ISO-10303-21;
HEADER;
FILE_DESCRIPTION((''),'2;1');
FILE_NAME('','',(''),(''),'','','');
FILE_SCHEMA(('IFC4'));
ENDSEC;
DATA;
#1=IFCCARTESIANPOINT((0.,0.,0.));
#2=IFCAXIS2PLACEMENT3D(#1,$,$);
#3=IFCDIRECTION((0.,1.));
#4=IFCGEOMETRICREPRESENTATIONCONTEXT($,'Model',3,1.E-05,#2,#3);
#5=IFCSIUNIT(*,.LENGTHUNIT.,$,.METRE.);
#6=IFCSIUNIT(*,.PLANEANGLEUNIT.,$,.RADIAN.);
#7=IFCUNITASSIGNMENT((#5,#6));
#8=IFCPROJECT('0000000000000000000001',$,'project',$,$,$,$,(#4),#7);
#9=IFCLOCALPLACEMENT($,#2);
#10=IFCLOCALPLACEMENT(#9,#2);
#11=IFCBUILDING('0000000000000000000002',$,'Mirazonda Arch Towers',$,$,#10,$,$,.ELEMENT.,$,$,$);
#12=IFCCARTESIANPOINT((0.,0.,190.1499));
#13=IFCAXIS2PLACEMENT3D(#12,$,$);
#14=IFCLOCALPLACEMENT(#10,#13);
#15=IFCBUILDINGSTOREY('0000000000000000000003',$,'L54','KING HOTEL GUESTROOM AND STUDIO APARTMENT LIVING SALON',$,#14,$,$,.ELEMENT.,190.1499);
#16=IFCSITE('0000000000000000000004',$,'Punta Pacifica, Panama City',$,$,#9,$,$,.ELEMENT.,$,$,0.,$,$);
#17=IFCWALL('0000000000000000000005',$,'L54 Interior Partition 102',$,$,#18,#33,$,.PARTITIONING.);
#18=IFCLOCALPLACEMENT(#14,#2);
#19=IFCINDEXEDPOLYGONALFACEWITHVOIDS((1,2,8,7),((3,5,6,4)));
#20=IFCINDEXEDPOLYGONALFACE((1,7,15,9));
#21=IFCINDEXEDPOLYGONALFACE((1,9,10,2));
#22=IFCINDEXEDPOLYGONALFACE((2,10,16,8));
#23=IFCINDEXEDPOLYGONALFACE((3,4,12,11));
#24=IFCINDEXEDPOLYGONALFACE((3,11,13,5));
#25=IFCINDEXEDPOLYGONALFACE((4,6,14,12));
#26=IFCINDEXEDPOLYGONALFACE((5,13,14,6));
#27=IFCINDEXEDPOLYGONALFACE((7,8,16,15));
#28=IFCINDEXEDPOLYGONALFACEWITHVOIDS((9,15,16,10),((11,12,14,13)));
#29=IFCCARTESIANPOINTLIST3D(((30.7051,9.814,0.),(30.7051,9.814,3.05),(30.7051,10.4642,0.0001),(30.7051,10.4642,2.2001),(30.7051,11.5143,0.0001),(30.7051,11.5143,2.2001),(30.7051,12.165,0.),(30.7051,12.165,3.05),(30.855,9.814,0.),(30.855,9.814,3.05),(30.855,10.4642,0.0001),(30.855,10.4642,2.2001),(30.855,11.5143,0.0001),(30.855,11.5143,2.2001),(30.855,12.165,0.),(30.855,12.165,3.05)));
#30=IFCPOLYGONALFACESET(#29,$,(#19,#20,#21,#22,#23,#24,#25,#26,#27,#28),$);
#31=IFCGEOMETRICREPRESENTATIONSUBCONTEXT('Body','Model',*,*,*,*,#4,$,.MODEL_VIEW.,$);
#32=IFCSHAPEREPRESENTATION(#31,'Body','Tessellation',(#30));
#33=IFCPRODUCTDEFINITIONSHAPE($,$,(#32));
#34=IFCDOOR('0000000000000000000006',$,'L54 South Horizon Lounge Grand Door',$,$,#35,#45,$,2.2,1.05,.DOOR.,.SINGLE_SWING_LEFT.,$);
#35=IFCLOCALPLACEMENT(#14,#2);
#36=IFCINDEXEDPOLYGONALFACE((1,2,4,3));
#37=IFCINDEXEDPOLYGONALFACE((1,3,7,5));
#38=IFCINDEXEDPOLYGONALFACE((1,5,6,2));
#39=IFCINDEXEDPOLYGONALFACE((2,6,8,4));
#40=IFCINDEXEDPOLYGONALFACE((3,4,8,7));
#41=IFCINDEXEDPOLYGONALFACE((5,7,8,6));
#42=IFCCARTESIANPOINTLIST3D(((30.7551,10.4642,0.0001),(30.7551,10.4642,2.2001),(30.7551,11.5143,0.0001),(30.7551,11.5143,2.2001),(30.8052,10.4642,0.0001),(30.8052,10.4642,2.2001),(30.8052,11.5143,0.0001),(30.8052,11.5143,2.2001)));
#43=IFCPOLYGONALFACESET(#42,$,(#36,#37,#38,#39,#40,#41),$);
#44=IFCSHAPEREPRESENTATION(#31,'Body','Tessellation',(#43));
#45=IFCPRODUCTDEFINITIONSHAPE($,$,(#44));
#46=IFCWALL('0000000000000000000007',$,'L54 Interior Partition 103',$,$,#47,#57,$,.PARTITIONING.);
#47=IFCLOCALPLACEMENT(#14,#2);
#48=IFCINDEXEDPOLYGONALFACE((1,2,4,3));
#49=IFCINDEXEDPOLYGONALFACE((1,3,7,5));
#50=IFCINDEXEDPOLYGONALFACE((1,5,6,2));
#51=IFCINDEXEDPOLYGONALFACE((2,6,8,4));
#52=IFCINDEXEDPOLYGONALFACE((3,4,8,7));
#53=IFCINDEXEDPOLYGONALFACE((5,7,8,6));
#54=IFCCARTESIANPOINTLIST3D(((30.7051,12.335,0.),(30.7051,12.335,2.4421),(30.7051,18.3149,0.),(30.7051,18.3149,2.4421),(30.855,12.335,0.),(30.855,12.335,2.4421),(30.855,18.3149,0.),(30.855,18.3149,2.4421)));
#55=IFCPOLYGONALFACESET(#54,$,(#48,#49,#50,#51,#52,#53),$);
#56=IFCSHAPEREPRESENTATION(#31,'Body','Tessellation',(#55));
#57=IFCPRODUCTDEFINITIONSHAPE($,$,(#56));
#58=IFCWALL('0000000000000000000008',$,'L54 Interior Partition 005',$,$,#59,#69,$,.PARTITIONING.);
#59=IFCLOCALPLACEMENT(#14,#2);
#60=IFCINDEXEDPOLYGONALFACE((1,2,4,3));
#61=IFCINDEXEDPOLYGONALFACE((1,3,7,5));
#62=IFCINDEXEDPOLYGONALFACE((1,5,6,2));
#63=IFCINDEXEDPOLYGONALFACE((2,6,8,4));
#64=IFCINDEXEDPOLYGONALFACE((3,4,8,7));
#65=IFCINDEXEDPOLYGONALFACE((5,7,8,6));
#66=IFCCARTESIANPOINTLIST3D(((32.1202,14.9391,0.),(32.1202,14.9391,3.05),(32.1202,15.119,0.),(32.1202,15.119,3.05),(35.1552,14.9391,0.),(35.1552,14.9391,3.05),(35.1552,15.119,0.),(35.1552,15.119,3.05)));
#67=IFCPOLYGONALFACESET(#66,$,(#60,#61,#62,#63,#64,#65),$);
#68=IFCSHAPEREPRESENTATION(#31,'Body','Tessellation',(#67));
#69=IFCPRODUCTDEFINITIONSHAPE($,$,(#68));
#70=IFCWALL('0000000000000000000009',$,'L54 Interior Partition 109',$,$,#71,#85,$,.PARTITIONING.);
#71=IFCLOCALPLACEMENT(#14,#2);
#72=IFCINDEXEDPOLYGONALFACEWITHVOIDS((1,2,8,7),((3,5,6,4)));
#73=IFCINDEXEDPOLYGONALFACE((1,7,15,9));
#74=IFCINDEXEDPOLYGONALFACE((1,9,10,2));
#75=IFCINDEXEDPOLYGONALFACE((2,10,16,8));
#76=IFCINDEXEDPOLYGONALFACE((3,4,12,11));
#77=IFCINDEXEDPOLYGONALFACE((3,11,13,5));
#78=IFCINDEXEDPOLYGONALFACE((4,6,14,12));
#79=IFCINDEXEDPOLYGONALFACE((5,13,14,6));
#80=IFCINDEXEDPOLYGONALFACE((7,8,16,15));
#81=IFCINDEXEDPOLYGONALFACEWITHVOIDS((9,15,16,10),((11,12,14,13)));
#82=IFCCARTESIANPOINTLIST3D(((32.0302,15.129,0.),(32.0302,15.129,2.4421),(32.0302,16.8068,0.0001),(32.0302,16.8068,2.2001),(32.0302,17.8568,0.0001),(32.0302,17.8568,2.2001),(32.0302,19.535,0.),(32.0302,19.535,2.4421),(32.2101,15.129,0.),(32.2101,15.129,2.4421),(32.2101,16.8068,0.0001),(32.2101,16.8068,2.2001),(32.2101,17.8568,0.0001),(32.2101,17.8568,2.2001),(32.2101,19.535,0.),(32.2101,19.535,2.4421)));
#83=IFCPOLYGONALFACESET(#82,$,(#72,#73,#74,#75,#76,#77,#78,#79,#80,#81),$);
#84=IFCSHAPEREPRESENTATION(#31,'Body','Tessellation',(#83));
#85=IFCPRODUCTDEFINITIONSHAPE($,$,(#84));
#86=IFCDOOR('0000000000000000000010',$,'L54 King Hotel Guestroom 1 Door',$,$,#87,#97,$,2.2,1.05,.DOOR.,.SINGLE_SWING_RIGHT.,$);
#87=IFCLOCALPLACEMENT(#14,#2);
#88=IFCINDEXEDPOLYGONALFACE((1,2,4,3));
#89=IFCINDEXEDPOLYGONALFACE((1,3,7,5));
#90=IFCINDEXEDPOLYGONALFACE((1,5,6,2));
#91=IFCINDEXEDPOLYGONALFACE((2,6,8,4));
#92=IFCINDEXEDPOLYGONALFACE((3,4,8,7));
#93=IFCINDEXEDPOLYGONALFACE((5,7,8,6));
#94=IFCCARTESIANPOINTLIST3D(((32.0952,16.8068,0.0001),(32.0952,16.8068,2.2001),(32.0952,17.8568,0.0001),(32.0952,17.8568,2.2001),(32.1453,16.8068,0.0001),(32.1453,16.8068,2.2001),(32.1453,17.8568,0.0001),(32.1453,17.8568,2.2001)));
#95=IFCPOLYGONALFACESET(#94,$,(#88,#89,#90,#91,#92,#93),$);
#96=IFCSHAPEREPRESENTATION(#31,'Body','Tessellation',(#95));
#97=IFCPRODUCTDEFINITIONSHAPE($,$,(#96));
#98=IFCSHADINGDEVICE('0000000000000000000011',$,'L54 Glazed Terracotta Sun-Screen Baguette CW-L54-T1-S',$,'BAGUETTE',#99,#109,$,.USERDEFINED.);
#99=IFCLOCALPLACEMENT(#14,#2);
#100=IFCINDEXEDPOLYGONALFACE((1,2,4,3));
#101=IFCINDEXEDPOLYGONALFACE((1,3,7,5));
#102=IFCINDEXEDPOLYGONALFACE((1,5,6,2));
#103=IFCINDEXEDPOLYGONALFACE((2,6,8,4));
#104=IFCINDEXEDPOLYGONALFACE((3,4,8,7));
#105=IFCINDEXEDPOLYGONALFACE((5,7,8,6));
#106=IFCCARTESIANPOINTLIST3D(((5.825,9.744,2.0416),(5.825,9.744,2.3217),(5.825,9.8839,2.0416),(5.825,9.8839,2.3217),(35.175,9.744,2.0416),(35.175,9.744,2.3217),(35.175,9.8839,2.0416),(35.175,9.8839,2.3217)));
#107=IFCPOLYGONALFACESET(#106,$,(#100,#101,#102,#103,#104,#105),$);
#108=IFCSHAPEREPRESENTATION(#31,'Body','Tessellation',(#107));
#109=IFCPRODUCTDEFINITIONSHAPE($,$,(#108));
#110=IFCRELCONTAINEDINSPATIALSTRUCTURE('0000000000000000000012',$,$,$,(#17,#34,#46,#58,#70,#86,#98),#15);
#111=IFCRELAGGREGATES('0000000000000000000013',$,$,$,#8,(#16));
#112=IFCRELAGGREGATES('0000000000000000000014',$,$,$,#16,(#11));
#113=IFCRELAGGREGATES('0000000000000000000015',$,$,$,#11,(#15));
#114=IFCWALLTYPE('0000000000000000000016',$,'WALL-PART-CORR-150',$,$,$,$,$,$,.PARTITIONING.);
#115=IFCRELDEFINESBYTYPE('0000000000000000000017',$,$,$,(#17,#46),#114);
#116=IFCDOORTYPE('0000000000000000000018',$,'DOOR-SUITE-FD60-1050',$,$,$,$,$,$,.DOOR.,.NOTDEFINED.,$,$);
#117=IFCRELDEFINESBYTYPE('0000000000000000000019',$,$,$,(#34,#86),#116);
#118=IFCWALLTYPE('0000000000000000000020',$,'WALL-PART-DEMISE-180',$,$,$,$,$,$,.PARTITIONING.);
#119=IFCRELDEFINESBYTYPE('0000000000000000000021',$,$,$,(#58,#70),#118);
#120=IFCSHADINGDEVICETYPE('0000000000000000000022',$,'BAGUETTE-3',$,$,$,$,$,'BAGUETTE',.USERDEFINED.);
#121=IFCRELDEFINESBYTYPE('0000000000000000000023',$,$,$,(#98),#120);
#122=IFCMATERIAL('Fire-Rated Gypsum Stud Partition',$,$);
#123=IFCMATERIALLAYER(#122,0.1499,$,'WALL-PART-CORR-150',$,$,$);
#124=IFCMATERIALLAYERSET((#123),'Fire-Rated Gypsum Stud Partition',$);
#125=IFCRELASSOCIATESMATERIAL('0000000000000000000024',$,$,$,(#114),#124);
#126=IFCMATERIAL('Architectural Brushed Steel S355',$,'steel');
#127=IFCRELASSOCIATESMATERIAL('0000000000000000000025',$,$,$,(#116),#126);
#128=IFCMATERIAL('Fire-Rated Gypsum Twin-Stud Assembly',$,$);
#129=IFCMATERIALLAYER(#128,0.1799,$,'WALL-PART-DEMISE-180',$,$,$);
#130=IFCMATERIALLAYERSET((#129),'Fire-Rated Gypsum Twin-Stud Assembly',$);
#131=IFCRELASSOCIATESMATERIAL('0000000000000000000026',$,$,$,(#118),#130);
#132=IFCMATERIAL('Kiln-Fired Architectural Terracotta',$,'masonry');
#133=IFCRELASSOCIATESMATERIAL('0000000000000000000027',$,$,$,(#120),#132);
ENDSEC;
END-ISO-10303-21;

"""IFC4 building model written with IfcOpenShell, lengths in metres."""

from ifc_helpers import new_model, si_unit, direction, frame, frame_2d, origin, origin_2d, place, context, subcontext, project, spatial, rectangle, extrude, material, layer, layer_set, material_profile, profile_set, type_object, element, fill, save


model = new_model("IFC4")

# Units and contexts
model_context = context("Model", 3, precision=1e-05, world=origin(), true_north=direction((0.0, 1.0)))
body_context = subcontext(model_context, "Body", "Model", "MODEL_VIEW")
ifc_project = project(units=[si_unit("LENGTHUNIT", "METRE"), si_unit("PLANEANGLEUNIT", "RADIAN")], contexts=[model_context])

# Site, building, storey
site_placement = place(None, origin())
site = spatial("IfcSite", under=ifc_project, at=site_placement, Name="Punta Pacifica, Panama City", CompositionType="ELEMENT", RefElevation=0.0)
building_placement = place(site_placement, origin())
building = spatial("IfcBuilding", under=site, at=building_placement, Name="Mirazonda Arch Towers", CompositionType="ELEMENT")
storey_placement = place(building_placement, frame((0.0, 0.0, 190.1499)))
storey = spatial("IfcBuildingStorey", under=building, at=storey_placement, Name="L54", Description="KING HOTEL GUESTROOM AND STUDIO APARTMENT LIVING SALON", CompositionType="ELEMENT", Elevation=190.1499)

# Shared definitions
ifc_material_1 = material(Name="Fire-Rated Gypsum Stud Partition")
ifc_layer_1 = layer(ifc_material_1, 0.1499, Name="WALL-PART-CORR-150")
ifc_layer_set_1 = layer_set([ifc_layer_1], Name="Fire-Rated Gypsum Stud Partition")
wall_type_1 = type_object("IfcWallType", Name="WALL-PART-CORR-150", PredefinedType="PARTITIONING", material=ifc_layer_set_1)

# Wall, opening, door
wall_1_placement = place(storey_placement, frame((30.78, 9.814, 0.0), z_axis=(0.0, 0.0, 1.0), x_axis=(0.0, 1.0, 0.0)))
wall_1 = element("IfcWall", 1, at=wall_1_placement, inside=storey, type_object=wall_type_1, Name="L54 Interior Partition 102", PredefinedType="PARTITIONING", context=body_context, shape_type="SweptSolid", body=[
    extrude(rectangle(XDim=2.3511, YDim=0.1499, at=frame_2d((1.1755, 0.0))), origin(), (0.0, 0.0, 1.0), 3.05),
])
opening_1_placement = place(wall_1_placement, frame((0.6504, 0.0, 0.0)))
opening_1 = element("IfcOpeningElement", 2, at=opening_1_placement, cuts=wall_1, PredefinedType="OPENING", context=body_context, shape_type="SweptSolid", body=[
    extrude(rectangle(XDim=1.05, YDim=2.2, at=frame_2d((0.5249, 1.1001))), frame((0.0, 0.085, 0.0), z_axis=(0.0, -1.0, 0.0), x_axis=(1.0, 0.0, 0.0)), (0.0, 0.0, 1.0), 0.1699),
])
ifc_material_2 = material(Name="Architectural Brushed Steel S355", Category="steel")
door_type_1 = type_object("IfcDoorType", Name="DOOR-SUITE-FD60-1050", OperationType="NOTDEFINED", PredefinedType="DOOR", material=ifc_material_2)
door_1_placement = place(opening_1_placement, origin())
door_1 = element("IfcDoor", 3, at=door_1_placement, inside=storey, type_object=door_type_1, Name="L54 South Horizon Lounge Grand Door", OperationType="SINGLE_SWING_LEFT", OverallHeight=2.2, OverallWidth=1.05, PredefinedType="DOOR", context=body_context, shape_type="SweptSolid", body=[
    extrude(rectangle(XDim=1.05, YDim=2.2, at=frame_2d((0.5249, 1.1001))), frame((0.0, 0.0249, 0.0), z_axis=(0.0, -1.0, 0.0), x_axis=(1.0, 0.0, 0.0)), (0.0, 0.0, 1.0), 0.05),
])
fill(opening_1, door_1)

# Walls
wall_2_placement = place(storey_placement, frame((30.78, 12.335, 0.0), z_axis=(0.0, 0.0, 1.0), x_axis=(0.0, 1.0, 0.0)))
element("IfcWall", 4, at=wall_2_placement, inside=storey, type_object=wall_type_1, Name="L54 Interior Partition 103", PredefinedType="PARTITIONING", context=body_context, shape_type="SweptSolid", body=[
    extrude(rectangle(XDim=5.98, YDim=0.1499, at=frame_2d((2.99, 0.0))), origin(), (0.0, 0.0, 1.0), 2.4421),
])
ifc_material_3 = material(Name="Fire-Rated Gypsum Twin-Stud Assembly")
ifc_layer_2 = layer(ifc_material_3, 0.1799, Name="WALL-PART-DEMISE-180")
ifc_layer_set_2 = layer_set([ifc_layer_2], Name="Fire-Rated Gypsum Twin-Stud Assembly")
wall_type_2 = type_object("IfcWallType", Name="WALL-PART-DEMISE-180", PredefinedType="PARTITIONING", material=ifc_layer_set_2)
wall_3_placement = place(storey_placement, frame((32.1201, 15.0291, 0.0), z_axis=(0.0, 0.0, 1.0), x_axis=(1.0, 0.0, 0.0)))
element("IfcWall", 5, at=wall_3_placement, inside=storey, type_object=wall_type_2, Name="L54 Interior Partition 005", PredefinedType="PARTITIONING", context=body_context, shape_type="SweptSolid", body=[
    extrude(rectangle(XDim=3.0349, YDim=0.1799, at=frame_2d((1.5176, 0.0))), origin(), (0.0, 0.0, 1.0), 3.05),
])

# Wall, opening, door
wall_4_placement = place(storey_placement, frame((32.1201, 15.1289, 0.0), z_axis=(0.0, 0.0, 1.0), x_axis=(0.0, 1.0, 0.0)))
wall_4 = element("IfcWall", 6, at=wall_4_placement, inside=storey, type_object=wall_type_2, Name="L54 Interior Partition 109", PredefinedType="PARTITIONING", context=body_context, shape_type="SweptSolid", body=[
    extrude(rectangle(XDim=4.406, YDim=0.1799, at=frame_2d((2.2031, 0.0))), origin(), (0.0, 0.0, 1.0), 2.4421),
])
opening_2_placement = place(wall_4_placement, frame((1.678, 0.0, 0.0)))
opening_2 = element("IfcOpeningElement", 7, at=opening_2_placement, cuts=wall_4, PredefinedType="OPENING", context=body_context, shape_type="SweptSolid", body=[
    extrude(rectangle(XDim=1.05, YDim=2.2, at=frame_2d((0.5249, 1.1001))), frame((0.0, 0.0999, 0.0), z_axis=(0.0, -1.0, 0.0), x_axis=(1.0, 0.0, 0.0)), (0.0, 0.0, 1.0), 0.2),
])
door_2_placement = place(opening_2_placement, origin())
door_2 = element("IfcDoor", 8, at=door_2_placement, inside=storey, type_object=door_type_1, Name="L54 King Hotel Guestroom 1 Door", OperationType="SINGLE_SWING_RIGHT", OverallHeight=2.2, OverallWidth=1.05, PredefinedType="DOOR", context=body_context, shape_type="SweptSolid", body=[
    extrude(rectangle(XDim=1.05, YDim=2.2, at=frame_2d((0.5249, 1.1001))), frame((0.0, 0.0249, 0.0), z_axis=(0.0, -1.0, 0.0), x_axis=(1.0, 0.0, 0.0)), (0.0, 0.0, 1.0), 0.05),
])
fill(opening_2, door_2)

# Shading device
ifc_material_4 = material(Name="Kiln-Fired Architectural Terracotta", Category="masonry")
ifc_material_profile_1 = material_profile(ifc_material_4, rectangle(XDim=0.1399, YDim=0.28, at=origin_2d()), Name="TERRA-BAG-140x280")
ifc_profile_set_1 = profile_set([ifc_material_profile_1], Name="Kiln-Fired Architectural Terracotta")
shading_device_type = type_object("IfcShadingDeviceType", Name="BAGUETTE-3", ElementType="BAGUETTE", PredefinedType="USERDEFINED", material=ifc_profile_set_1)
shading_device_placement = place(storey_placement, frame((35.175, 9.814, 2.1816), z_axis=(-1.0, 0.0, 0.0), x_axis=(0.0, -1.0, 0.0)))
element("IfcShadingDevice", 9, at=shading_device_placement, inside=storey, type_object=shading_device_type, Name="L54 Glazed Terracotta Sun-Screen Baguette CW-L54-T1-S", ObjectType="BAGUETTE", PredefinedType="USERDEFINED", context=body_context, shape_type="SweptSolid", body=[
    extrude(rectangle(XDim=0.1399, YDim=0.28, at=origin_2d()), origin(), (0.0, 0.0, 1.0), 29.3501),
])

save(model, "model.ifc")
